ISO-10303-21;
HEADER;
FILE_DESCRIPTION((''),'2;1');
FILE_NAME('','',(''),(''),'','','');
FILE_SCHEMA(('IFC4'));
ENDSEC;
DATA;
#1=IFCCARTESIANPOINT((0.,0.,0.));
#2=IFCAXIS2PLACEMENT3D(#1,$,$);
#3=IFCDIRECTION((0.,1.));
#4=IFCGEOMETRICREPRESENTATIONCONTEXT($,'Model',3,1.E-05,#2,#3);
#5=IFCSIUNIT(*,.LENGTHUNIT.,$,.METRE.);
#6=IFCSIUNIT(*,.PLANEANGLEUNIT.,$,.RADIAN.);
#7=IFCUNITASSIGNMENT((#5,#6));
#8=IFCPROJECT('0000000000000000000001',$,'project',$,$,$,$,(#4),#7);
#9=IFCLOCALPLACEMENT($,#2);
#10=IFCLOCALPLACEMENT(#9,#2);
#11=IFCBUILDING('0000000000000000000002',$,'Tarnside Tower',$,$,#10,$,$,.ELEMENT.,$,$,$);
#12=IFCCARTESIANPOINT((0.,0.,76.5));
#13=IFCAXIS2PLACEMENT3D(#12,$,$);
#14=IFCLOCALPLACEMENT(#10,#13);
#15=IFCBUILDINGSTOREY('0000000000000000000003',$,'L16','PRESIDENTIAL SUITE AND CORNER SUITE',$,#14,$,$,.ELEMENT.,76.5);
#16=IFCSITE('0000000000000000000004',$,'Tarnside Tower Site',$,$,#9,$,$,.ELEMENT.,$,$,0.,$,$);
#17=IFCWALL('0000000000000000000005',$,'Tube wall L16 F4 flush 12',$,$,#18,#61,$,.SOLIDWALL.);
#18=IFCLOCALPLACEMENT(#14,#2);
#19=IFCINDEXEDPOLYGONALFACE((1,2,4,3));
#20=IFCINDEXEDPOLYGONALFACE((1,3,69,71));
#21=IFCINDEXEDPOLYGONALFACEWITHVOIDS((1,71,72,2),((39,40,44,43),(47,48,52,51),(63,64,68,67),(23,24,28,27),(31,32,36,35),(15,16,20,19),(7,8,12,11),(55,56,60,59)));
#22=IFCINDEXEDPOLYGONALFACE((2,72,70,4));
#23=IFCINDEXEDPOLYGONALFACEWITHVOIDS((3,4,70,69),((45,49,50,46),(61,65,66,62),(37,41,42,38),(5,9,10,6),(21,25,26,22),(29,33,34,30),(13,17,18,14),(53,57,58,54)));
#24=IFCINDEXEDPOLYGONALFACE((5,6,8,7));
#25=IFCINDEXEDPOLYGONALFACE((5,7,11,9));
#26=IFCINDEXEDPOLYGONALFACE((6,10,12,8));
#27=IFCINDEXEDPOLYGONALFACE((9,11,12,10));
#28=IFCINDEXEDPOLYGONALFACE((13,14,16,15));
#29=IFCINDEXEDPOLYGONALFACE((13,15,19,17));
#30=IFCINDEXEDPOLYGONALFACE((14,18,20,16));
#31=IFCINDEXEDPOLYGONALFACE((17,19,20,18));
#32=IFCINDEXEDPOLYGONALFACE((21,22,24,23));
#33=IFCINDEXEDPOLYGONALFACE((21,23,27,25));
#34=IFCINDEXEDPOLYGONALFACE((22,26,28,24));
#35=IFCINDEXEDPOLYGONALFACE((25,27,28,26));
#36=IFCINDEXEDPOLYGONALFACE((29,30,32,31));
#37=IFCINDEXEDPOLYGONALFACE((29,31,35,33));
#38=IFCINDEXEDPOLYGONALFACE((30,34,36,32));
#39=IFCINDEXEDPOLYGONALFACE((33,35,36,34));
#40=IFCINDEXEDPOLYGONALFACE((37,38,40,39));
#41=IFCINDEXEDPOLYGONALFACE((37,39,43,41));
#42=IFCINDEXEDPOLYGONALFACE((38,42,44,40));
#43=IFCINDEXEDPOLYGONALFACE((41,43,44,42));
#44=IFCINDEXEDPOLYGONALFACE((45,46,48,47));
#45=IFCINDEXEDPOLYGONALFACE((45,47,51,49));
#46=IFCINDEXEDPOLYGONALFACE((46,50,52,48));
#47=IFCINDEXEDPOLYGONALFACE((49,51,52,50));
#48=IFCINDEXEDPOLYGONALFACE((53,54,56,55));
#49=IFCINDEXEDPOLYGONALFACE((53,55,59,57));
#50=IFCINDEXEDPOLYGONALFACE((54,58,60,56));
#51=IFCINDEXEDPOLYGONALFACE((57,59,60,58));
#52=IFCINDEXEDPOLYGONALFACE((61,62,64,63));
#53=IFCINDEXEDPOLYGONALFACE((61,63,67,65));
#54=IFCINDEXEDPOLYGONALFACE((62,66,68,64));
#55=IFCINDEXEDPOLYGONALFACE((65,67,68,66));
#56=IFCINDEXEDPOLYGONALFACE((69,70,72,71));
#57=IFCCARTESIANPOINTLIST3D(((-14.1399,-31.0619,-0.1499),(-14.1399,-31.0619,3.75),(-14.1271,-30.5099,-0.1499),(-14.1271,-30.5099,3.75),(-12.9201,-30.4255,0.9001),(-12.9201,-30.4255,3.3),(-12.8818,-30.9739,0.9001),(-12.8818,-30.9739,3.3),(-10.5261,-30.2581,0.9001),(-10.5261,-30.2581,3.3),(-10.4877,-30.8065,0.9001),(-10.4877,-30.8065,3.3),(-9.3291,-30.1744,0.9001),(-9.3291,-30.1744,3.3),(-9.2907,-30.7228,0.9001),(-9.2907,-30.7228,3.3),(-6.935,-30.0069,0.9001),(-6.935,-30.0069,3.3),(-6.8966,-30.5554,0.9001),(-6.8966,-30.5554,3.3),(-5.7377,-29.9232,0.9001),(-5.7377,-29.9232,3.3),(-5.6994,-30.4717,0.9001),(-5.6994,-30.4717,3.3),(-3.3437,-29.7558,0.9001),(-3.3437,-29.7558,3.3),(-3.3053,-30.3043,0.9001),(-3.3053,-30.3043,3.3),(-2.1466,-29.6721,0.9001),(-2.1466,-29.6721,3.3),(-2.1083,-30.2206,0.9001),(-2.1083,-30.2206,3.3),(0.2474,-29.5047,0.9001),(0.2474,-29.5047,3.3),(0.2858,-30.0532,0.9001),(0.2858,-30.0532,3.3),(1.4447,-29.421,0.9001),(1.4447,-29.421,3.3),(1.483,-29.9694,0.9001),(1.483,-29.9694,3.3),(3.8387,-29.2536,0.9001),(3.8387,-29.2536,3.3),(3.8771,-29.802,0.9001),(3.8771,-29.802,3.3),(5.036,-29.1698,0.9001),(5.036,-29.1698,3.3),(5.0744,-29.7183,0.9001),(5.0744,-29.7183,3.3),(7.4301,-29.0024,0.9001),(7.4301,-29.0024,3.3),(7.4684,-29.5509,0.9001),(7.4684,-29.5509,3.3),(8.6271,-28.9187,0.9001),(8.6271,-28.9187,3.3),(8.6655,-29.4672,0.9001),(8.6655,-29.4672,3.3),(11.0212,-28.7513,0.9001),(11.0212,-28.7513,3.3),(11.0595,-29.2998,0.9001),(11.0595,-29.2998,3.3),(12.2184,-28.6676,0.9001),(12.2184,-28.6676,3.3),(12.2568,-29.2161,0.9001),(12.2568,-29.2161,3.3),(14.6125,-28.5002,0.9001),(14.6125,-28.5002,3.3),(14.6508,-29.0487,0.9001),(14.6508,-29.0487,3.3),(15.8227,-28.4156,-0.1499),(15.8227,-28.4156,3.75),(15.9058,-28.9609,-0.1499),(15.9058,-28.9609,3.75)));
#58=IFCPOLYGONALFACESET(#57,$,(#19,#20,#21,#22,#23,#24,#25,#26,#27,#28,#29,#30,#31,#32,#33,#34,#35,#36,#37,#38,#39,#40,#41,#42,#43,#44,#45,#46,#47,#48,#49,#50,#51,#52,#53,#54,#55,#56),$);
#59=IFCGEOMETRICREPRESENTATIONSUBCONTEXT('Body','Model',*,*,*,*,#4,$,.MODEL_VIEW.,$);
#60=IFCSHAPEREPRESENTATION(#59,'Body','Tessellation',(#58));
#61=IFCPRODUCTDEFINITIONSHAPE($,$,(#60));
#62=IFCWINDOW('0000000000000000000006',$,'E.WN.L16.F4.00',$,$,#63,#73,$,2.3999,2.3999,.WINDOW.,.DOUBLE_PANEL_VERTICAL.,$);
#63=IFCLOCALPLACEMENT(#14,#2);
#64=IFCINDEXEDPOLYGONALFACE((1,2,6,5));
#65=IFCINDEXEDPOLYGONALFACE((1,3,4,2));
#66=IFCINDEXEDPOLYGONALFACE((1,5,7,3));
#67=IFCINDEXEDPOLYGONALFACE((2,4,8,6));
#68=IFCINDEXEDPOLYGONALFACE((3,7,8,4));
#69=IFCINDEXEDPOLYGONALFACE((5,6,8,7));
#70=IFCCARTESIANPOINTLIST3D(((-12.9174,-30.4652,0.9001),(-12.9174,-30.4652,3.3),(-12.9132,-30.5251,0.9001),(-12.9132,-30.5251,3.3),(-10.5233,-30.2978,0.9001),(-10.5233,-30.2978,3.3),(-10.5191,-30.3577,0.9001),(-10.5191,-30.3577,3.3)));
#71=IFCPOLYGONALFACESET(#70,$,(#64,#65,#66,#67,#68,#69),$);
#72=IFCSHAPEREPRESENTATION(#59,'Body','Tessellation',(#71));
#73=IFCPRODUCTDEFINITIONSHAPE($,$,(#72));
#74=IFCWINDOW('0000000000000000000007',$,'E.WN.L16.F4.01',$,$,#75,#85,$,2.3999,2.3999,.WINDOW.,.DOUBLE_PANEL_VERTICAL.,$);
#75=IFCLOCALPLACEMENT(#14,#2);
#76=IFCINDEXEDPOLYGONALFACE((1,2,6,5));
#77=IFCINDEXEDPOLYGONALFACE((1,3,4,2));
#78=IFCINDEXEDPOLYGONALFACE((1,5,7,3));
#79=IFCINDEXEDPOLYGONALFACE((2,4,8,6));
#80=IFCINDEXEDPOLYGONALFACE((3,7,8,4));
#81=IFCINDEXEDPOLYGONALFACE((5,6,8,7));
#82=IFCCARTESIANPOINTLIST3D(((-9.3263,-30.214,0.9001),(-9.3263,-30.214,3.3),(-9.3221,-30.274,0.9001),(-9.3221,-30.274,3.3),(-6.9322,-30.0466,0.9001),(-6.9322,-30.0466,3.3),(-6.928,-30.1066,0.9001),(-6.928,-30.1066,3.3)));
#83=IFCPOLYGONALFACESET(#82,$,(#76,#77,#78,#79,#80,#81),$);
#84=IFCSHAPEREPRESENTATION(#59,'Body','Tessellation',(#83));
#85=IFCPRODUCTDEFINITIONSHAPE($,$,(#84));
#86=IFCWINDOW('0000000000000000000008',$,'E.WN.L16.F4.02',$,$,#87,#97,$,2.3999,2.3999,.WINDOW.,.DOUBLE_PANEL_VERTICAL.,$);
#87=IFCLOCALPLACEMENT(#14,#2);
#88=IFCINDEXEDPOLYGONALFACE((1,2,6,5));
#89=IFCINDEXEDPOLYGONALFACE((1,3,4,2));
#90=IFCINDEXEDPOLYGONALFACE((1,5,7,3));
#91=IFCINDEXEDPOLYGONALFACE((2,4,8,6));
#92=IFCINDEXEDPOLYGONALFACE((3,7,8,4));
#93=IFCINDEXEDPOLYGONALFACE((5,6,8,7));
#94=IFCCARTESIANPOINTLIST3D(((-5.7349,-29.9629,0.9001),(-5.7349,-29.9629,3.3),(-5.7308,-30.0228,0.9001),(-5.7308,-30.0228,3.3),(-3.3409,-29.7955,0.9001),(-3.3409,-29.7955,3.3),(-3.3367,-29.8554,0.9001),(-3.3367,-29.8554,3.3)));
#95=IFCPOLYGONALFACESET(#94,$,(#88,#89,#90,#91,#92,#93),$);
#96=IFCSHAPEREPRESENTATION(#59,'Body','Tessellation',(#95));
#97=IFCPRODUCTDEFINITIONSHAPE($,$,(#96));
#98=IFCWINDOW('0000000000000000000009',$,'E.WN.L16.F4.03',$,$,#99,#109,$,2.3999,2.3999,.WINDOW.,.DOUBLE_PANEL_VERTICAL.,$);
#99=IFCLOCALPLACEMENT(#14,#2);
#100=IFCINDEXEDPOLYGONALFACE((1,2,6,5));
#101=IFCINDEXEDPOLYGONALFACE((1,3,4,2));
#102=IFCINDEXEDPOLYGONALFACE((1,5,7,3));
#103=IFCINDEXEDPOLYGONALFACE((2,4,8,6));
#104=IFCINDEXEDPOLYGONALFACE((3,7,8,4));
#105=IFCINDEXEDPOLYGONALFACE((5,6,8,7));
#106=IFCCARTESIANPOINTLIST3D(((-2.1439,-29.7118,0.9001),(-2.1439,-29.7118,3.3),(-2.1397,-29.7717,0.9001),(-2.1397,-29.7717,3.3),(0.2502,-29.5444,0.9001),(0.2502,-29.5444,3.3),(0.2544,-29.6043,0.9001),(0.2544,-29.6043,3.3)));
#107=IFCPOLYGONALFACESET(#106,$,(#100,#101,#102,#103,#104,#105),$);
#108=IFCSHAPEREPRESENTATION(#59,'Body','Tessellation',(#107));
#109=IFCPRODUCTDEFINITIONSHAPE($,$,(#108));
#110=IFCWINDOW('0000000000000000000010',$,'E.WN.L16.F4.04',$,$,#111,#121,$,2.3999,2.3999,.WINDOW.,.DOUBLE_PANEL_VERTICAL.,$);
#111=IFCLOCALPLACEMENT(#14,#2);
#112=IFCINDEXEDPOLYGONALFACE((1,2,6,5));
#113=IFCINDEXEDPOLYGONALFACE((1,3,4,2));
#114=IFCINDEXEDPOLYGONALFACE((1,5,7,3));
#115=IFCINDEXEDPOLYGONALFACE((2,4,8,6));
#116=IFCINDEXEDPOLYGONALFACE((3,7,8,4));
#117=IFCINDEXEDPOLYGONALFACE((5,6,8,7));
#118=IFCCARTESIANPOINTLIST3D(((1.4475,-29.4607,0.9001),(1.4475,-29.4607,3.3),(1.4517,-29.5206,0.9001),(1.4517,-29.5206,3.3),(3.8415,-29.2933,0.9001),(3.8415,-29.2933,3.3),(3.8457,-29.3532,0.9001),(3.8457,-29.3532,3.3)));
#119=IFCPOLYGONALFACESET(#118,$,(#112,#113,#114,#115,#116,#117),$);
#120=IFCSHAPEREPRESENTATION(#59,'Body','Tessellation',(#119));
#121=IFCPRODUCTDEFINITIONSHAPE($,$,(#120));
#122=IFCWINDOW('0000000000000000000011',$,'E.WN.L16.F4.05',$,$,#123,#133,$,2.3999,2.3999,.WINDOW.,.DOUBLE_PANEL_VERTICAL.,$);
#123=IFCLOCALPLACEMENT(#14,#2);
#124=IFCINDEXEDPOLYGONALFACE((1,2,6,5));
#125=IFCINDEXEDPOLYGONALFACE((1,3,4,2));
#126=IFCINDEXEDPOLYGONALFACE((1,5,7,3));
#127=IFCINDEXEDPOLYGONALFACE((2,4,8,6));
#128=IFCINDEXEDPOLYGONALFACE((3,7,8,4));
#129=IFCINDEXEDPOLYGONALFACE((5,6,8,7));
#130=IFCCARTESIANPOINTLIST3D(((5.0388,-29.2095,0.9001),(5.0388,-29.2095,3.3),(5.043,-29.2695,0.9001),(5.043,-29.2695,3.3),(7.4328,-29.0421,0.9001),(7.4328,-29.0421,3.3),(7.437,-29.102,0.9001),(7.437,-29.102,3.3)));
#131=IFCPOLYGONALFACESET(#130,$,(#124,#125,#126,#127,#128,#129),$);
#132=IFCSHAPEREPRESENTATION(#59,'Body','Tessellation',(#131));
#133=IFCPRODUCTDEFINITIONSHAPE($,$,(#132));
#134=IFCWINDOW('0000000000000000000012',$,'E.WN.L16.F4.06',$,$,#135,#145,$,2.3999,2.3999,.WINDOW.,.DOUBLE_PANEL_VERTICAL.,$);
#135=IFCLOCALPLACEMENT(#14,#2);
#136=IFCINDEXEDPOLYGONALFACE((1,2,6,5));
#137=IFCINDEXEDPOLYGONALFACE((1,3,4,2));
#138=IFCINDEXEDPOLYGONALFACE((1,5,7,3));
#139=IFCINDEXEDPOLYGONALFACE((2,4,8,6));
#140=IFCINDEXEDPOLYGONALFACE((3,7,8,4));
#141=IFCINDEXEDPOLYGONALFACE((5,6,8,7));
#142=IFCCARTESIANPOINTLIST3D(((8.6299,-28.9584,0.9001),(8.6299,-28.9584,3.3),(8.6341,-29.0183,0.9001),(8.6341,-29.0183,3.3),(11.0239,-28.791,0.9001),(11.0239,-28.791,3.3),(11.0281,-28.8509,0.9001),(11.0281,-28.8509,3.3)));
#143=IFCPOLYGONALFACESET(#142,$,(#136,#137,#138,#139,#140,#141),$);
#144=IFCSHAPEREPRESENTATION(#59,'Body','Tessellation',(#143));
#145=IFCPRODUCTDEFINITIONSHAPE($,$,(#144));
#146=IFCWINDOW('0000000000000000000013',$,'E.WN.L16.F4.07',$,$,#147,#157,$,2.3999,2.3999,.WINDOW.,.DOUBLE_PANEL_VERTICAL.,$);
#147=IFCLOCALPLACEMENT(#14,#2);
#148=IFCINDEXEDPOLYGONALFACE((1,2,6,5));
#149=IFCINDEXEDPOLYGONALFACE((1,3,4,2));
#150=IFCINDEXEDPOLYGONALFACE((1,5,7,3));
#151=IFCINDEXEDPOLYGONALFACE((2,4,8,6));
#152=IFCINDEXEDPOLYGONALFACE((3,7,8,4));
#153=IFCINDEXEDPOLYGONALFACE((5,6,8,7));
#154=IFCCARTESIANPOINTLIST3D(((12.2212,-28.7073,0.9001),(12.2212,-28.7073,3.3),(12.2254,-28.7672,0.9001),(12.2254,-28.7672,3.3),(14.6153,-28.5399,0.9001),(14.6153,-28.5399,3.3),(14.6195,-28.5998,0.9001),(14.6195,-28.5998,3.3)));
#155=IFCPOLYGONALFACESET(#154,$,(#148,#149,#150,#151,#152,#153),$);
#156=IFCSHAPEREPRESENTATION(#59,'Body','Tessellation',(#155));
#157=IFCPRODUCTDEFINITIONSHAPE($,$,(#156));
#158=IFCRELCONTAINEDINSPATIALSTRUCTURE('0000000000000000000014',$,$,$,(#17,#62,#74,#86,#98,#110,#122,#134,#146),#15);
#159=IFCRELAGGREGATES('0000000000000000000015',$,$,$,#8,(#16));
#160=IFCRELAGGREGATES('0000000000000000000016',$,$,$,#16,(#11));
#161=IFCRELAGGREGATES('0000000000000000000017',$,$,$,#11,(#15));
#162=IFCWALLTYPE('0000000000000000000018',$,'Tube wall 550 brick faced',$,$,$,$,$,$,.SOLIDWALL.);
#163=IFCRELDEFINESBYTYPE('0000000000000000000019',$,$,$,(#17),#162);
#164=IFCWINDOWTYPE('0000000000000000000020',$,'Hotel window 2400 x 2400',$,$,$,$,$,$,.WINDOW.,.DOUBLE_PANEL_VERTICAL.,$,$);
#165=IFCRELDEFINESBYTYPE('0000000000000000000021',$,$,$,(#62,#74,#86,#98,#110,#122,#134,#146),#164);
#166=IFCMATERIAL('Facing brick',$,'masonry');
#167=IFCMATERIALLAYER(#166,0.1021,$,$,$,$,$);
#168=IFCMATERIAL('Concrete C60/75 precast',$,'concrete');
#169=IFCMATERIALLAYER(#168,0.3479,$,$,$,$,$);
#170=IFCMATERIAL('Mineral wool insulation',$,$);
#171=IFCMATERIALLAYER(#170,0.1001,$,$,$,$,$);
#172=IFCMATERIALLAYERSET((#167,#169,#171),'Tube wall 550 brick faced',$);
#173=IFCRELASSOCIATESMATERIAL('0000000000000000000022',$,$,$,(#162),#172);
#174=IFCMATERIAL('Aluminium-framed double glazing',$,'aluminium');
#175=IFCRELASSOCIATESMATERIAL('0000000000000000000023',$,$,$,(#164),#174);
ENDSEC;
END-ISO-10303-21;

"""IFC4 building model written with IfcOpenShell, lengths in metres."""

from ifc_helpers import new_model, si_unit, direction, frame, frame_2d, origin, place, context, subcontext, project, spatial, polyline, rectangle, outline, extrude, material, layer, layer_set, type_object, element, fill, save


model = new_model("IFC4")

# Units and contexts
model_context = context("Model", 3, precision=1e-05, world=origin(), true_north=direction((0.0, 1.0)))
body_context = subcontext(model_context, "Body", "Model", "MODEL_VIEW")
ifc_project = project(units=[si_unit("LENGTHUNIT", "METRE"), si_unit("PLANEANGLEUNIT", "RADIAN")], contexts=[model_context])

# Site, building, storey
site_placement = place(None, origin())
site = spatial("IfcSite", under=ifc_project, at=site_placement, Name="Tarnside Tower Site", CompositionType="ELEMENT", RefElevation=0.0)
building_placement = place(site_placement, origin())
building = spatial("IfcBuilding", under=site, at=building_placement, Name="Tarnside Tower", CompositionType="ELEMENT")
storey_placement = place(building_placement, frame((0.0, 0.0, 76.5)))
storey = spatial("IfcBuildingStorey", under=building, at=storey_placement, Name="L16", Description="PRESIDENTIAL SUITE AND CORNER SUITE", CompositionType="ELEMENT", Elevation=76.5)

# Shared definitions
ifc_material_1 = material(Name="Facing brick", Category="masonry")
ifc_layer_1 = layer(ifc_material_1, 0.1021)
ifc_material_2 = material(Name="Concrete C60/75 precast", Category="concrete")
ifc_layer_2 = layer(ifc_material_2, 0.3479)
ifc_material_3 = material(Name="Mineral wool insulation")
ifc_layer_3 = layer(ifc_material_3, 0.1001)
ifc_layer_set_1 = layer_set([ifc_layer_1, ifc_layer_2, ifc_layer_3], Name="Tube wall 550 brick faced")
wall_type_1 = type_object("IfcWallType", Name="Tube wall 550 brick faced", PredefinedType="SOLIDWALL", material=ifc_layer_set_1)

# Wall, openings, windows
wall_1_placement = place(storey_placement, frame((-14.1335, -30.7859, -0.1499), z_axis=(0.0, 0.0, 1.0), x_axis=(0.997564, 0.069757, 0.0)))
wall_1 = element("IfcWall", 1, at=wall_1_placement, inside=storey, type_object=wall_type_1, Name="Tube wall L16 F4 flush 12", PredefinedType="SOLIDWALL", context=body_context, shape_type="SweptSolid", body=[
    extrude(outline(polyline([(-0.0256, -0.2749), (30.0935, -0.2749), (30.0486, 0.2749), (0.0256, 0.2749), (-0.0256, -0.2749)])), origin(), (0.0, 0.0, 1.0), 3.8999),
])
opening_1_placement = place(wall_1_placement, frame((1.2356, 0.0, 1.05)))
opening_1 = element("IfcOpeningElement", 2, at=opening_1_placement, cuts=wall_1, PredefinedType="OPENING", context=body_context, shape_type="SweptSolid", body=[
    extrude(rectangle(XDim=2.3999, YDim=2.3999, at=frame_2d((1.2, 1.2))), frame((0.0, 0.2852, 0.0), z_axis=(0.0, -1.0, 0.0), x_axis=(1.0, 0.0, 0.0)), (0.0, 0.0, 1.0), 0.5701),
])
opening_2_placement = place(wall_1_placement, frame((4.8354, 0.0, 1.05)))
opening_2 = element("IfcOpeningElement", 3, at=opening_2_placement, cuts=wall_1, PredefinedType="OPENING", context=body_context, shape_type="SweptSolid", body=[
    extrude(rectangle(XDim=2.3999, YDim=2.3999, at=frame_2d((1.2, 1.2))), frame((0.0, 0.2852, 0.0), z_axis=(0.0, -1.0, 0.0), x_axis=(1.0, 0.0, 0.0)), (0.0, 0.0, 1.0), 0.5701),
])
opening_3_placement = place(wall_1_placement, frame((8.4355, 0.0, 1.05)))
opening_3 = element("IfcOpeningElement", 4, at=opening_3_placement, cuts=wall_1, PredefinedType="OPENING", context=body_context, shape_type="SweptSolid", body=[
    extrude(rectangle(XDim=2.3999, YDim=2.3999, at=frame_2d((1.2, 1.2))), frame((0.0, 0.2852, 0.0), z_axis=(0.0, -1.0, 0.0), x_axis=(1.0, 0.0, 0.0)), (0.0, 0.0, 1.0), 0.5701),
])
opening_4_placement = place(wall_1_placement, frame((12.0354, 0.0, 1.05)))
opening_4 = element("IfcOpeningElement", 5, at=opening_4_placement, cuts=wall_1, PredefinedType="OPENING", context=body_context, shape_type="SweptSolid", body=[
    extrude(rectangle(XDim=2.3999, YDim=2.3999, at=frame_2d((1.2, 1.2))), frame((0.0, 0.2852, 0.0), z_axis=(0.0, -1.0, 0.0), x_axis=(1.0, 0.0, 0.0)), (0.0, 0.0, 1.0), 0.5701),
])
opening_5_placement = place(wall_1_placement, frame((15.6355, 0.0, 1.05)))
opening_5 = element("IfcOpeningElement", 6, at=opening_5_placement, cuts=wall_1, PredefinedType="OPENING", context=body_context, shape_type="SweptSolid", body=[
    extrude(rectangle(XDim=2.3999, YDim=2.3999, at=frame_2d((1.2, 1.2))), frame((0.0, 0.2852, 0.0), z_axis=(0.0, -1.0, 0.0), x_axis=(1.0, 0.0, 0.0)), (0.0, 0.0, 1.0), 0.5701),
])
opening_6_placement = place(wall_1_placement, frame((19.2356, 0.0, 1.05)))
opening_6 = element("IfcOpeningElement", 7, at=opening_6_placement, cuts=wall_1, PredefinedType="OPENING", context=body_context, shape_type="SweptSolid", body=[
    extrude(rectangle(XDim=2.3999, YDim=2.3999, at=frame_2d((1.2, 1.2))), frame((0.0, 0.2852, 0.0), z_axis=(0.0, -1.0, 0.0), x_axis=(1.0, 0.0, 0.0)), (0.0, 0.0, 1.0), 0.5701),
])
opening_7_placement = place(wall_1_placement, frame((22.8354, 0.0, 1.05)))
opening_7 = element("IfcOpeningElement", 8, at=opening_7_placement, cuts=wall_1, PredefinedType="OPENING", context=body_context, shape_type="SweptSolid", body=[
    extrude(rectangle(XDim=2.3999, YDim=2.3999, at=frame_2d((1.2, 1.2))), frame((0.0, 0.2852, 0.0), z_axis=(0.0, -1.0, 0.0), x_axis=(1.0, 0.0, 0.0)), (0.0, 0.0, 1.0), 0.5701),
])
opening_8_placement = place(wall_1_placement, frame((26.4355, 0.0, 1.05)))
opening_8 = element("IfcOpeningElement", 9, at=opening_8_placement, cuts=wall_1, PredefinedType="OPENING", context=body_context, shape_type="SweptSolid", body=[
    extrude(rectangle(XDim=2.3999, YDim=2.3999, at=frame_2d((1.2, 1.2))), frame((0.0, 0.2852, 0.0), z_axis=(0.0, -1.0, 0.0), x_axis=(1.0, 0.0, 0.0)), (0.0, 0.0, 1.0), 0.5701),
])
ifc_material_4 = material(Name="Aluminium-framed double glazing", Category="aluminium")
window_type = type_object("IfcWindowType", Name="Hotel window 2400 x 2400", PartitioningType="DOUBLE_PANEL_VERTICAL", PredefinedType="WINDOW", material=ifc_material_4)
window_1_placement = place(opening_1_placement, frame((0.0, 0.2051, 0.0)))
window_1 = element("IfcWindow", 10, at=window_1_placement, inside=storey, type_object=window_type, Name="E.WN.L16.F4.00", OverallHeight=2.3999, OverallWidth=2.3999, PartitioningType="DOUBLE_PANEL_VERTICAL", PredefinedType="WINDOW", context=body_context, shape_type="SweptSolid", body=[
    extrude(rectangle(XDim=2.3999, YDim=2.3999, at=frame_2d((1.2, 1.2))), frame((0.0, 0.03, 0.0), z_axis=(0.0, -1.0, 0.0), x_axis=(1.0, 0.0, 0.0)), (0.0, 0.0, 1.0), 0.0601),
])
fill(opening_1, window_1)
window_2_placement = place(opening_2_placement, frame((0.0, 0.2051, 0.0)))
window_2 = element("IfcWindow", 11, at=window_2_placement, inside=storey, type_object=window_type, Name="E.WN.L16.F4.01", OverallHeight=2.3999, OverallWidth=2.3999, PartitioningType="DOUBLE_PANEL_VERTICAL", PredefinedType="WINDOW", context=body_context, shape_type="SweptSolid", body=[
    extrude(rectangle(XDim=2.3999, YDim=2.3999, at=frame_2d((1.2, 1.2))), frame((0.0, 0.03, 0.0), z_axis=(0.0, -1.0, 0.0), x_axis=(1.0, 0.0, 0.0)), (0.0, 0.0, 1.0), 0.0601),
])
fill(opening_2, window_2)
window_3_placement = place(opening_3_placement, frame((0.0, 0.2051, 0.0)))
window_3 = element("IfcWindow", 12, at=window_3_placement, inside=storey, type_object=window_type, Name="E.WN.L16.F4.02", OverallHeight=2.3999, OverallWidth=2.3999, PartitioningType="DOUBLE_PANEL_VERTICAL", PredefinedType="WINDOW", context=body_context, shape_type="SweptSolid", body=[
    extrude(rectangle(XDim=2.3999, YDim=2.3999, at=frame_2d((1.2, 1.2))), frame((0.0, 0.03, 0.0), z_axis=(0.0, -1.0, 0.0), x_axis=(1.0, 0.0, 0.0)), (0.0, 0.0, 1.0), 0.0601),
])
fill(opening_3, window_3)
window_4_placement = place(opening_4_placement, frame((0.0, 0.2051, 0.0)))
window_4 = element("IfcWindow", 13, at=window_4_placement, inside=storey, type_object=window_type, Name="E.WN.L16.F4.03", OverallHeight=2.3999, OverallWidth=2.3999, PartitioningType="DOUBLE_PANEL_VERTICAL", PredefinedType="WINDOW", context=body_context, shape_type="SweptSolid", body=[
    extrude(rectangle(XDim=2.3999, YDim=2.3999, at=frame_2d((1.2, 1.2))), frame((0.0, 0.03, 0.0), z_axis=(0.0, -1.0, 0.0), x_axis=(1.0, 0.0, 0.0)), (0.0, 0.0, 1.0), 0.0601),
])
fill(opening_4, window_4)
window_5_placement = place(opening_5_placement, frame((0.0, 0.2051, 0.0)))
window_5 = element("IfcWindow", 14, at=window_5_placement, inside=storey, type_object=window_type, Name="E.WN.L16.F4.04", OverallHeight=2.3999, OverallWidth=2.3999, PartitioningType="DOUBLE_PANEL_VERTICAL", PredefinedType="WINDOW", context=body_context, shape_type="SweptSolid", body=[
    extrude(rectangle(XDim=2.3999, YDim=2.3999, at=frame_2d((1.2, 1.2))), frame((0.0, 0.03, 0.0), z_axis=(0.0, -1.0, 0.0), x_axis=(1.0, 0.0, 0.0)), (0.0, 0.0, 1.0), 0.0601),
])
fill(opening_5, window_5)
window_6_placement = place(opening_6_placement, frame((0.0, 0.2051, 0.0)))
window_6 = element("IfcWindow", 15, at=window_6_placement, inside=storey, type_object=window_type, Name="E.WN.L16.F4.05", OverallHeight=2.3999, OverallWidth=2.3999, PartitioningType="DOUBLE_PANEL_VERTICAL", PredefinedType="WINDOW", context=body_context, shape_type="SweptSolid", body=[
    extrude(rectangle(XDim=2.3999, YDim=2.3999, at=frame_2d((1.2, 1.2))), frame((0.0, 0.03, 0.0), z_axis=(0.0, -1.0, 0.0), x_axis=(1.0, 0.0, 0.0)), (0.0, 0.0, 1.0), 0.0601),
])
fill(opening_6, window_6)
window_7_placement = place(opening_7_placement, frame((0.0, 0.2051, 0.0)))
window_7 = element("IfcWindow", 16, at=window_7_placement, inside=storey, type_object=window_type, Name="E.WN.L16.F4.06", OverallHeight=2.3999, OverallWidth=2.3999, PartitioningType="DOUBLE_PANEL_VERTICAL", PredefinedType="WINDOW", context=body_context, shape_type="SweptSolid", body=[
    extrude(rectangle(XDim=2.3999, YDim=2.3999, at=frame_2d((1.2, 1.2))), frame((0.0, 0.03, 0.0), z_axis=(0.0, -1.0, 0.0), x_axis=(1.0, 0.0, 0.0)), (0.0, 0.0, 1.0), 0.0601),
])
fill(opening_7, window_7)
window_8_placement = place(opening_8_placement, frame((0.0, 0.2051, 0.0)))
window_8 = element("IfcWindow", 17, at=window_8_placement, inside=storey, type_object=window_type, Name="E.WN.L16.F4.07", OverallHeight=2.3999, OverallWidth=2.3999, PartitioningType="DOUBLE_PANEL_VERTICAL", PredefinedType="WINDOW", context=body_context, shape_type="SweptSolid", body=[
    extrude(rectangle(XDim=2.3999, YDim=2.3999, at=frame_2d((1.2, 1.2))), frame((0.0, 0.03, 0.0), z_axis=(0.0, -1.0, 0.0), x_axis=(1.0, 0.0, 0.0)), (0.0, 0.0, 1.0), 0.0601),
])
fill(opening_8, window_8)

save(model, "model.ifc")
